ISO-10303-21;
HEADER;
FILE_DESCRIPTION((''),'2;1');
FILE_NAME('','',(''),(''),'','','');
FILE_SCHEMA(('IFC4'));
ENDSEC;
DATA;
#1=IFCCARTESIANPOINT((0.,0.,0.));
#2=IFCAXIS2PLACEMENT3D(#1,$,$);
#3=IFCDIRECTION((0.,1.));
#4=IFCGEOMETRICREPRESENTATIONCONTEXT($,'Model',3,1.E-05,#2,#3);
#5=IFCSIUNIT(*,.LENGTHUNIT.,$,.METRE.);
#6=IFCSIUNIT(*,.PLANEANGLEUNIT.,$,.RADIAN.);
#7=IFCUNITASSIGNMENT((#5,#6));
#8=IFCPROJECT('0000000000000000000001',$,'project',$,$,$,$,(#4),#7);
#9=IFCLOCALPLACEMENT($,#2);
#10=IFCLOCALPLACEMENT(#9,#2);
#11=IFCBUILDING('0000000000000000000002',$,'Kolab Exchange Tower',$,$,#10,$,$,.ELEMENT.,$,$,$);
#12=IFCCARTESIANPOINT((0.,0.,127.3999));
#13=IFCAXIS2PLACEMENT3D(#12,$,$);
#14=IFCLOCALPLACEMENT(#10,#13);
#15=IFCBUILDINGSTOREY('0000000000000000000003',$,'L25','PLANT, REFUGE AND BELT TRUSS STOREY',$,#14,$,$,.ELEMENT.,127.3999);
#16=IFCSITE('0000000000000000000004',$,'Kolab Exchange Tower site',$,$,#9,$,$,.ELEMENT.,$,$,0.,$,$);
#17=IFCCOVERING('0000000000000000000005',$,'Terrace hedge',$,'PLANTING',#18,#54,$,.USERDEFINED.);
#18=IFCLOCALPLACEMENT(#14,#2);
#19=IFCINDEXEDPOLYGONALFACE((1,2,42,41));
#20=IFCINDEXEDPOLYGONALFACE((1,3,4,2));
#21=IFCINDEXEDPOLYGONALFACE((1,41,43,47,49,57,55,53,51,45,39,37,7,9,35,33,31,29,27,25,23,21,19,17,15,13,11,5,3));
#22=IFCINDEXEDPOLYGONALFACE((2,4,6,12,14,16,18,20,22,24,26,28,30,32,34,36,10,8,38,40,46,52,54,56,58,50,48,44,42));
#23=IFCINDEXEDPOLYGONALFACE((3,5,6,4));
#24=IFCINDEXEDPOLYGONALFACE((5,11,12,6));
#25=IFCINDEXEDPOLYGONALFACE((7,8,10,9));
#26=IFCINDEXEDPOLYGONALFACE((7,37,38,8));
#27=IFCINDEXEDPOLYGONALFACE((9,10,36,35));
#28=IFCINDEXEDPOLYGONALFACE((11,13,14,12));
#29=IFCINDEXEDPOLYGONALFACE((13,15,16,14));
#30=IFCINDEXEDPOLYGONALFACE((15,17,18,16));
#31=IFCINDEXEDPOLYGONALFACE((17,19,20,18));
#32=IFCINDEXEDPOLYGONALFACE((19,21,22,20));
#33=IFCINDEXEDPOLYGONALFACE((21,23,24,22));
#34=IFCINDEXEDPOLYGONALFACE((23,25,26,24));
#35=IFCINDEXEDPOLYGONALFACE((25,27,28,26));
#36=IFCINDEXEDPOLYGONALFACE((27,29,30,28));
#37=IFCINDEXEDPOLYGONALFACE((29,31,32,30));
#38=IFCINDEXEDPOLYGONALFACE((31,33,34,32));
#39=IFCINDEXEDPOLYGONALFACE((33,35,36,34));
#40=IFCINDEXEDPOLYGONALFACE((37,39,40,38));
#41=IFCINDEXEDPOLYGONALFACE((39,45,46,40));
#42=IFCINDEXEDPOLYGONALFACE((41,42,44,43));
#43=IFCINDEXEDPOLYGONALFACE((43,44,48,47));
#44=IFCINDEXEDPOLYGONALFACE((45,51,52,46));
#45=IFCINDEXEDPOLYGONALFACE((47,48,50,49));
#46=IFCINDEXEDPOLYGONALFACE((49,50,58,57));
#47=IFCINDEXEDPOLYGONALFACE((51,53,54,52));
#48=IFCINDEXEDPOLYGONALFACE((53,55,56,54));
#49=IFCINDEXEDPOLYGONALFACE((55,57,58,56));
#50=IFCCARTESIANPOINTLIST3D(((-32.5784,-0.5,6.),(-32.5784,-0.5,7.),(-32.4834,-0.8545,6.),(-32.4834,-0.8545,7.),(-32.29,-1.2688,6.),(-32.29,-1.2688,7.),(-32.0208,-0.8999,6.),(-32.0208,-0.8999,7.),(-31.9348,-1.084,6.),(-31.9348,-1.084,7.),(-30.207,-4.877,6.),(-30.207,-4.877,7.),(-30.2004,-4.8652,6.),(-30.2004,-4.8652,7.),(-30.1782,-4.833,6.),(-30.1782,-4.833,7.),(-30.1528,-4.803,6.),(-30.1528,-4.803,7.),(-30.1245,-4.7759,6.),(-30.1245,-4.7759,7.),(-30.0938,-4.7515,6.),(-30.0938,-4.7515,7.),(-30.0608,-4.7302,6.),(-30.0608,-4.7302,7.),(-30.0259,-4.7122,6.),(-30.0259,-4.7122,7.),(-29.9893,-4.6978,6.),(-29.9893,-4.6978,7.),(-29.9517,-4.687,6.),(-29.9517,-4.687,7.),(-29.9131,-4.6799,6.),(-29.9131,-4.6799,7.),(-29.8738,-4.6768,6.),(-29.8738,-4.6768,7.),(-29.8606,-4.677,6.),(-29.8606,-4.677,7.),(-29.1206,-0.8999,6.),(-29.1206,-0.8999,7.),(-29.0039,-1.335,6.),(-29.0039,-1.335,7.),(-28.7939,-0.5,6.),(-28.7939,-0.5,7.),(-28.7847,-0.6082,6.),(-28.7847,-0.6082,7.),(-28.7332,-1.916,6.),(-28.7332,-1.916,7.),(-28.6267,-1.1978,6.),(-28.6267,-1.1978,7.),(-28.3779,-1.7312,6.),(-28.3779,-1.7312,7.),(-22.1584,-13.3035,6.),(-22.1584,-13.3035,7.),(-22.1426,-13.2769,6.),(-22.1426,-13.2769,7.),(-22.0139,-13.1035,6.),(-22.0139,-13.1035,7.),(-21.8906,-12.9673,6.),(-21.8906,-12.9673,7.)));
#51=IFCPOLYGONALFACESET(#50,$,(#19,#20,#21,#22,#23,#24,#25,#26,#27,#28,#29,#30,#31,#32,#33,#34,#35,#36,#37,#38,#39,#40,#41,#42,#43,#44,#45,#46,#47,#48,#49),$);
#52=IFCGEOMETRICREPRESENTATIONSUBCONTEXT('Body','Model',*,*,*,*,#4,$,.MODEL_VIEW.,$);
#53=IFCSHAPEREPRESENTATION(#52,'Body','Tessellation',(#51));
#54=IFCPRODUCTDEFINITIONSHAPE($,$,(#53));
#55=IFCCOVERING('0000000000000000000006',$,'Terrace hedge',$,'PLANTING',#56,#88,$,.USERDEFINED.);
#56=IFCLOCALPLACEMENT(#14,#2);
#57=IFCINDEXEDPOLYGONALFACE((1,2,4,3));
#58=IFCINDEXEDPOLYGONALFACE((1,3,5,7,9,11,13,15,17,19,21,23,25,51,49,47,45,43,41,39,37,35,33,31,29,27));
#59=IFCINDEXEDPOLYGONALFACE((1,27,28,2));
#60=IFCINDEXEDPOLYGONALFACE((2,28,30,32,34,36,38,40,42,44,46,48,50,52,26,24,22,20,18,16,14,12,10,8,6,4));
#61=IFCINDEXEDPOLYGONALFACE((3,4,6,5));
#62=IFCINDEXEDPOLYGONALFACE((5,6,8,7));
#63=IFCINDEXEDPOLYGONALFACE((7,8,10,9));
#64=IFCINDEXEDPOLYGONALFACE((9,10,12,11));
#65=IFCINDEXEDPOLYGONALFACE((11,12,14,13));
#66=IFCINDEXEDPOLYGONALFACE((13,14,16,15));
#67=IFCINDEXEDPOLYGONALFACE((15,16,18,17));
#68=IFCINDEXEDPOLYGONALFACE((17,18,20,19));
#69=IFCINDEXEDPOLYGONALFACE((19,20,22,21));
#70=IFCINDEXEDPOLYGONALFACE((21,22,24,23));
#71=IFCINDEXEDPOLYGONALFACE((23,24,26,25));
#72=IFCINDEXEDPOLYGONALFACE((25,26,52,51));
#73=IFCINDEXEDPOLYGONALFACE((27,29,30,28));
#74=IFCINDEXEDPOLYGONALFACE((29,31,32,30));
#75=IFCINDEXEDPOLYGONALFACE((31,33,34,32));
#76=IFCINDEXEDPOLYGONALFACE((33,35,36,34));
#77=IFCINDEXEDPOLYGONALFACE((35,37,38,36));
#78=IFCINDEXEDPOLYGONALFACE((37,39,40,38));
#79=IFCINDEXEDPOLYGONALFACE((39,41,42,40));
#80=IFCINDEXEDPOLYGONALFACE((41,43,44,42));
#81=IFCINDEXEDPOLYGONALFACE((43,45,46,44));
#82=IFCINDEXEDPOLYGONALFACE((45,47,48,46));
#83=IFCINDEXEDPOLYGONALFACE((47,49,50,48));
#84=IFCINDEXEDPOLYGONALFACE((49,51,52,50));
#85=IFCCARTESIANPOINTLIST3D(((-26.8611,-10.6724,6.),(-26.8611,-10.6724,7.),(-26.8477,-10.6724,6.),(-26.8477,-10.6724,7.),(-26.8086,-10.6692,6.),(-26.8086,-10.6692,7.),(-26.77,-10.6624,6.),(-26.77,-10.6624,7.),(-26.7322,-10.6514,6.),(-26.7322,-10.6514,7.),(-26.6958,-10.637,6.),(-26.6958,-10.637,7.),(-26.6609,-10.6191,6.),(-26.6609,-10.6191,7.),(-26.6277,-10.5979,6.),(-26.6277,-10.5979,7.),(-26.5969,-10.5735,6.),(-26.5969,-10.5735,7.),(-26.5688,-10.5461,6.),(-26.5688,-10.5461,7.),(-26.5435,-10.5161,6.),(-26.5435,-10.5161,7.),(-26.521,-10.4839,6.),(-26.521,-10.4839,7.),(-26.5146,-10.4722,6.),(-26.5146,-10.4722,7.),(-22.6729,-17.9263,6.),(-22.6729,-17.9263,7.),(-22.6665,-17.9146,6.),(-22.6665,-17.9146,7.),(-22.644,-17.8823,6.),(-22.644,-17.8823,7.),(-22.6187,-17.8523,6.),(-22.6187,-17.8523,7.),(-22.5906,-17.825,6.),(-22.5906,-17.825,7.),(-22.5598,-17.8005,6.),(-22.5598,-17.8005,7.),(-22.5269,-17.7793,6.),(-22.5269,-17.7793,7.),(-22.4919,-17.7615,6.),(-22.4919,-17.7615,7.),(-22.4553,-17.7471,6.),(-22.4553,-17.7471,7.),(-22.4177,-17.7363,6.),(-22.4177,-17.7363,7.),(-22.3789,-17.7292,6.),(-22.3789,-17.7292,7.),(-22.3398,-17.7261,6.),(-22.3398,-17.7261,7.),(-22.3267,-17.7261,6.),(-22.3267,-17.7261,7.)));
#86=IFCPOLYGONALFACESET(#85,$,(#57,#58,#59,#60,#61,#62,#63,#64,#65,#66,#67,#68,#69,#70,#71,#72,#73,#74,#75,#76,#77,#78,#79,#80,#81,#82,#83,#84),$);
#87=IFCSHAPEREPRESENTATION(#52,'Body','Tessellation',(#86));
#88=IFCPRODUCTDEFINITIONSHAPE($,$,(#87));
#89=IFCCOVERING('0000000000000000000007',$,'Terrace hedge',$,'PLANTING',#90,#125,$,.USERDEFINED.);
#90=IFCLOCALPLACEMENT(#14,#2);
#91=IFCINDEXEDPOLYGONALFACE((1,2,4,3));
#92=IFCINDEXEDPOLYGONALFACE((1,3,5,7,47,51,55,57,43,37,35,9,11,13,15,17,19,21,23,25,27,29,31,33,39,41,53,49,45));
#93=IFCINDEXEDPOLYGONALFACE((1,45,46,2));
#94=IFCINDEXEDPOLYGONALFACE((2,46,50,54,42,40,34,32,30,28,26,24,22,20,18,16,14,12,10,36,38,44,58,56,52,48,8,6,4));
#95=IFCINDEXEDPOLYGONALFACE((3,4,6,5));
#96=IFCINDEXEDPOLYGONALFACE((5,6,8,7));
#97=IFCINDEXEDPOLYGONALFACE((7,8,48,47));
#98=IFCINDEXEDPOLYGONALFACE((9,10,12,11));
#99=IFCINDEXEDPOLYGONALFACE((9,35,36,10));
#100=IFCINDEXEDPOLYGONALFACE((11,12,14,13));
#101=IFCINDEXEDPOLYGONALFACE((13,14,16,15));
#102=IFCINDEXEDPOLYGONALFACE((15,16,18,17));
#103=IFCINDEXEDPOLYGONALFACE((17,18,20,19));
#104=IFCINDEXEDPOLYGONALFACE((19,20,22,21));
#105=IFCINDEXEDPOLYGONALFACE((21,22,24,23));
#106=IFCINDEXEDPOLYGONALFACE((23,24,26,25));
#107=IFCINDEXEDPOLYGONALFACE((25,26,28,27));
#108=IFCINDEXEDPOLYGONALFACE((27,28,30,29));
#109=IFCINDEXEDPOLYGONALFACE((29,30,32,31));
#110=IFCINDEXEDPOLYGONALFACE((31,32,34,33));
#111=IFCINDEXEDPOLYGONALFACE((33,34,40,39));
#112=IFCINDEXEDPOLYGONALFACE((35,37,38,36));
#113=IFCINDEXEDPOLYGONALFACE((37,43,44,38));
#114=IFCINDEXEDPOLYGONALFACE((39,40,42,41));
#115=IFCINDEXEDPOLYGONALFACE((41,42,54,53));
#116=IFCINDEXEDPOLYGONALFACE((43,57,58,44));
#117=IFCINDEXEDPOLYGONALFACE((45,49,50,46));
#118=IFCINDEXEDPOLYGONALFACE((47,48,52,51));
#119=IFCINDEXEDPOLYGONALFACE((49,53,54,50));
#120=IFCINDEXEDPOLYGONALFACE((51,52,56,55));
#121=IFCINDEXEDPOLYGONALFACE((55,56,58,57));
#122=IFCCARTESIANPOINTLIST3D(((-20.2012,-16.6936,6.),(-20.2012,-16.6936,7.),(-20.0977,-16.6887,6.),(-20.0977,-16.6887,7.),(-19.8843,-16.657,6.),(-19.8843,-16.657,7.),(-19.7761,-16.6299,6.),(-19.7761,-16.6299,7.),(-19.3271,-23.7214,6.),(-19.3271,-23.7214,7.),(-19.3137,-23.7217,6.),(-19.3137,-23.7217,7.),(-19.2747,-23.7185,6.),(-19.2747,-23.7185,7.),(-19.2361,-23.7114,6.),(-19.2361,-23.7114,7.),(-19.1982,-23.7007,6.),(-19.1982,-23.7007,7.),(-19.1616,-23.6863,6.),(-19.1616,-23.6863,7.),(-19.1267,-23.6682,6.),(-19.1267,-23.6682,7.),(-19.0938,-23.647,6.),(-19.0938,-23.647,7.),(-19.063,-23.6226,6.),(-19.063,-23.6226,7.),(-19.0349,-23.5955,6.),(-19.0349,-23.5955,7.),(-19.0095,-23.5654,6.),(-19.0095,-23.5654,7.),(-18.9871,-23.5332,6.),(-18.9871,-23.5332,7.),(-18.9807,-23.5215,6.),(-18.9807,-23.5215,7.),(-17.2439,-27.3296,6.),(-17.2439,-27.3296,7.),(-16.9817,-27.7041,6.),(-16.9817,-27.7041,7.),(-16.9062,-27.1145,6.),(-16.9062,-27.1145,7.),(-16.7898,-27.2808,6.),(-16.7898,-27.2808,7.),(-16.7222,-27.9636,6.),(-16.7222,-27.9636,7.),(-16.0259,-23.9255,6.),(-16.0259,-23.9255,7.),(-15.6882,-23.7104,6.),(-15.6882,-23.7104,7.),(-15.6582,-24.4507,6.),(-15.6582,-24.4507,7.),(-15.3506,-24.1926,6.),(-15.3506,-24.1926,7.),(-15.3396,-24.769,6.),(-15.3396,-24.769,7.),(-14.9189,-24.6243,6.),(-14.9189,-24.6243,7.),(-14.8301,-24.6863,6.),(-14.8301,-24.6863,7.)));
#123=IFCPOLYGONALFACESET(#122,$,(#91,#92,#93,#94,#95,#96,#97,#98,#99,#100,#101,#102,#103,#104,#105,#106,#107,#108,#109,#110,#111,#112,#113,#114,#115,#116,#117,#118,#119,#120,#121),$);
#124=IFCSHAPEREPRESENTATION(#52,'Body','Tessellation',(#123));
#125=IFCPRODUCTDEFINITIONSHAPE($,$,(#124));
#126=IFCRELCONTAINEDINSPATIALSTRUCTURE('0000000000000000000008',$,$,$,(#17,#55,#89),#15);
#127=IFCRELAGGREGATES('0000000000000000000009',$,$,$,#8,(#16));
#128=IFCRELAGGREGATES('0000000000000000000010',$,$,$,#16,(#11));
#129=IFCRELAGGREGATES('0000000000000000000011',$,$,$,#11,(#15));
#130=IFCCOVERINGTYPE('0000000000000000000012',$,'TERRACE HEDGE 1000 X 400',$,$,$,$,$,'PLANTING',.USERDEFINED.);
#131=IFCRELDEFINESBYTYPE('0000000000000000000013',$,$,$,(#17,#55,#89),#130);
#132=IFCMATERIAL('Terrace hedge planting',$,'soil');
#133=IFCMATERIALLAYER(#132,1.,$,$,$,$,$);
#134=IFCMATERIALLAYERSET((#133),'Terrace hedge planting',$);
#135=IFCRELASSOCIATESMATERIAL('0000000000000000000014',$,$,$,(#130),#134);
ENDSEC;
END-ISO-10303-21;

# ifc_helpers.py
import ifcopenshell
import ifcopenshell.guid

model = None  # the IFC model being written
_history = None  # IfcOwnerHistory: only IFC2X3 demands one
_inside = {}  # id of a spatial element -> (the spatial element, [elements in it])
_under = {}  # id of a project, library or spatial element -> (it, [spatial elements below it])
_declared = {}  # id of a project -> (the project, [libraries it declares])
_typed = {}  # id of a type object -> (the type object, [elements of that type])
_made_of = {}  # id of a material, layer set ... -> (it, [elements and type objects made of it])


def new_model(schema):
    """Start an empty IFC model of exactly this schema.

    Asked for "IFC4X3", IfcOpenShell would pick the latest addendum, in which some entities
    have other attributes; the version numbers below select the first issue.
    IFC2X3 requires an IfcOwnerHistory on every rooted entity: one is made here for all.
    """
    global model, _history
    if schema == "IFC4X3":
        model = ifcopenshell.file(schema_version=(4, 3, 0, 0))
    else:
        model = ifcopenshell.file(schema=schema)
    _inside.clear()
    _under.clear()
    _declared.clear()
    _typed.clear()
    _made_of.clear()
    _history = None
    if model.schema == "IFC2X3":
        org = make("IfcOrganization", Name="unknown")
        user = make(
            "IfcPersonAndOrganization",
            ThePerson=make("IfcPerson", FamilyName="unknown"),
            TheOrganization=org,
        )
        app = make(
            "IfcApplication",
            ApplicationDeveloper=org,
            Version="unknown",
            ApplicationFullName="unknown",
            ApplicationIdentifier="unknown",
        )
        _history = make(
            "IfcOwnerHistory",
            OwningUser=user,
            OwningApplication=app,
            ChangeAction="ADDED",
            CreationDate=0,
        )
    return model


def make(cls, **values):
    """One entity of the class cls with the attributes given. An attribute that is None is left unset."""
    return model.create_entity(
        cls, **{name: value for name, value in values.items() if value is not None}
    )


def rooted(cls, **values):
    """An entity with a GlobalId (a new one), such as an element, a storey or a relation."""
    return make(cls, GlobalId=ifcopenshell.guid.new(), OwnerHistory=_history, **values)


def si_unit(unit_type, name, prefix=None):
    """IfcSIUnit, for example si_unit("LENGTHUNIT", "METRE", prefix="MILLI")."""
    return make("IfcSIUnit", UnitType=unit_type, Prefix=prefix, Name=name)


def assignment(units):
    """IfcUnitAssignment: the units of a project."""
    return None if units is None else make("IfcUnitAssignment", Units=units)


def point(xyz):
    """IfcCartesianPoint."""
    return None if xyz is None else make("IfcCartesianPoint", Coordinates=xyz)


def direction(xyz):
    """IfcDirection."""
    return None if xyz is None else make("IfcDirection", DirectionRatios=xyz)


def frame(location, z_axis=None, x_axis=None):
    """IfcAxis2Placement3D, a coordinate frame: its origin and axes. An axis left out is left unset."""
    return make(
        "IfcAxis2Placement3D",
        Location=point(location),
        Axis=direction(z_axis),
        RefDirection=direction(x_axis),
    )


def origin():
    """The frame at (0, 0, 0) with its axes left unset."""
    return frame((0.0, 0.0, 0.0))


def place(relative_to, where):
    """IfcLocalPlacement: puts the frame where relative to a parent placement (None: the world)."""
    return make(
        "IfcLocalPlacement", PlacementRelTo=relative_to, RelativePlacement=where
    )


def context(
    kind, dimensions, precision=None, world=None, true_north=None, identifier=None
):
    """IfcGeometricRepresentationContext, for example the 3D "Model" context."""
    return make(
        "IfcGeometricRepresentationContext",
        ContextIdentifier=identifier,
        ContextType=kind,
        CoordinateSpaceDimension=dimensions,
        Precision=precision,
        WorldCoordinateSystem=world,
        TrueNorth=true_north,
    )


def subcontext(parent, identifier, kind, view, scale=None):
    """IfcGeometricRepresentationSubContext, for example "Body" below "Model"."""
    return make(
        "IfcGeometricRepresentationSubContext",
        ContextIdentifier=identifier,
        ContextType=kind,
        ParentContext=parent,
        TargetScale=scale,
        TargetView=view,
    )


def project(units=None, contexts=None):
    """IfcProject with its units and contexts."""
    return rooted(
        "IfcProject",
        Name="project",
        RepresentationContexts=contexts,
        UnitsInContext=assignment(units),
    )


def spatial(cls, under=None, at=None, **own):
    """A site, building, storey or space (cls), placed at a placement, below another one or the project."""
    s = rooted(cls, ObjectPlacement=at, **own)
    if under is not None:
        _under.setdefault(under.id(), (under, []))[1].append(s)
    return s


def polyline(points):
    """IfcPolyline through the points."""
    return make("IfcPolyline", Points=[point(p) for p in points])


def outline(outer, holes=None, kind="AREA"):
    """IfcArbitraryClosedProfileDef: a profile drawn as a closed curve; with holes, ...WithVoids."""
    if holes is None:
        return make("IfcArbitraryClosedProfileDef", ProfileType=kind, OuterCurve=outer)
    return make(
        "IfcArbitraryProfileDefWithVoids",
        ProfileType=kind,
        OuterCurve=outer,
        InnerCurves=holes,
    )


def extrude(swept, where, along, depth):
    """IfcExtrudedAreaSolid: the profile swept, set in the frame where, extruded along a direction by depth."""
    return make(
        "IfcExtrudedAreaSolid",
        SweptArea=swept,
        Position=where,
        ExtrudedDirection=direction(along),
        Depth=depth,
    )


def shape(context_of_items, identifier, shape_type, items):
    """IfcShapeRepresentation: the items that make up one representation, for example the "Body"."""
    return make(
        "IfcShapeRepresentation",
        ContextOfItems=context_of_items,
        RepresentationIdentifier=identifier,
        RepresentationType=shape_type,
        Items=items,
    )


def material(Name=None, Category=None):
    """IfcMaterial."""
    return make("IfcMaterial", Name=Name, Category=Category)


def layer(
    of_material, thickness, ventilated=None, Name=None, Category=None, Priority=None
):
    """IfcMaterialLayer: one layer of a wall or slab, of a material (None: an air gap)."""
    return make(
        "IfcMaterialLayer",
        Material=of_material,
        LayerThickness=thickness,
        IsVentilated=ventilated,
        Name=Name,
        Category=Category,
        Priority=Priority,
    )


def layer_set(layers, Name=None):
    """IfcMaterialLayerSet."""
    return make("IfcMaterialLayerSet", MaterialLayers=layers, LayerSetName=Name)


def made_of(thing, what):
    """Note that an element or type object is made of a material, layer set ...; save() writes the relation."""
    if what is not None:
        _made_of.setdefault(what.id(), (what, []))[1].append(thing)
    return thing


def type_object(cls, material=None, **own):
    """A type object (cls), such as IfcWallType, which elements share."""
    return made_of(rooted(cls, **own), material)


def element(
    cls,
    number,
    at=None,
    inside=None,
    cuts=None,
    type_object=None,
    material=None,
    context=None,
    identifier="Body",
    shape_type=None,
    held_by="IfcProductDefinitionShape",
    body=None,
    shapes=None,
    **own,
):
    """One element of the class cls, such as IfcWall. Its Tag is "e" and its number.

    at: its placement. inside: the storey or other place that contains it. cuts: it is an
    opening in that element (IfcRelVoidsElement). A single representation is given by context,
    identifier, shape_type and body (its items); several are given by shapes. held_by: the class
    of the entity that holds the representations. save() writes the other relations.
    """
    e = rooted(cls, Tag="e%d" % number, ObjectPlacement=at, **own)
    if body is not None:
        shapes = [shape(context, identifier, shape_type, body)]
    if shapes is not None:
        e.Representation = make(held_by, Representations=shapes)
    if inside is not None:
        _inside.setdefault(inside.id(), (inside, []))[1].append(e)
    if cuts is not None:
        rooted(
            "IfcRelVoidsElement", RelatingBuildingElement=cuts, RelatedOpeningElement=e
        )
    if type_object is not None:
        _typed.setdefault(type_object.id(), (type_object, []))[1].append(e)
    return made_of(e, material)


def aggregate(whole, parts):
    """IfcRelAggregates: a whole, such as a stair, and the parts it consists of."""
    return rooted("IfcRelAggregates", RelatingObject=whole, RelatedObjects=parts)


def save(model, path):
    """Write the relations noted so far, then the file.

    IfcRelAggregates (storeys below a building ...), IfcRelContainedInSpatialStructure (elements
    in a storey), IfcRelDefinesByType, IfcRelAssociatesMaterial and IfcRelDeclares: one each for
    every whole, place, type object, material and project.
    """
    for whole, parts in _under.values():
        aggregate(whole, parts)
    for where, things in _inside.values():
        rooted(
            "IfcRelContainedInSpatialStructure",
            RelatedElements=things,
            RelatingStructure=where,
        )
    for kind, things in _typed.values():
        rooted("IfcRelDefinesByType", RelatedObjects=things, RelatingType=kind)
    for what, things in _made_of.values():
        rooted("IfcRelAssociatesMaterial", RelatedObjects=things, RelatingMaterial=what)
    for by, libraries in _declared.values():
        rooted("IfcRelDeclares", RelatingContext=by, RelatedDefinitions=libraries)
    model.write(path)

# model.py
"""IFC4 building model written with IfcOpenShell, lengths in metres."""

from ifc_helpers import new_model, si_unit, direction, frame, origin, place, context, subcontext, project, spatial, polyline, outline, extrude, material, layer, layer_set, type_object, element, save


model = new_model("IFC4")

# Units and contexts
model_context = context("Model", 3, precision=1e-05, world=origin(), true_north=direction((0.0, 1.0)))
body_context = subcontext(model_context, "Body", "Model", "MODEL_VIEW")
ifc_project = project(units=[si_unit("LENGTHUNIT", "METRE"), si_unit("PLANEANGLEUNIT", "RADIAN")], contexts=[model_context])

# Site, building, storey
site_placement = place(None, origin())
site = spatial("IfcSite", under=ifc_project, at=site_placement, Name="Kolab Exchange Tower site", CompositionType="ELEMENT", RefElevation=0.0)
building_placement = place(site_placement, origin())
building = spatial("IfcBuilding", under=site, at=building_placement, Name="Kolab Exchange Tower", CompositionType="ELEMENT")
storey_placement = place(building_placement, frame((0.0, 0.0, 127.3999)))
storey = spatial("IfcBuildingStorey", under=building, at=storey_placement, Name="L25", Description="PLANT, REFUGE AND BELT TRUSS STOREY", CompositionType="ELEMENT", Elevation=127.3999)

# Coverings
ifc_material_1 = material(Name="Terrace hedge planting", Category="soil")
ifc_layer_1 = layer(ifc_material_1, 1.0)
ifc_layer_set_1 = layer_set([ifc_layer_1], Name="Terrace hedge planting")
covering_type_1 = type_object("IfcCoveringType", Name="TERRACE HEDGE 1000 X 400", ElementType="PLANTING", PredefinedType="USERDEFINED", material=ifc_layer_set_1)
covering_1_placement = place(storey_placement, frame((0.0, 0.0, 6.0)))
element("IfcCovering", 1, at=covering_1_placement, inside=storey, type_object=covering_type_1, Name="Terrace hedge", ObjectType="PLANTING", PredefinedType="USERDEFINED", context=body_context, shape_type="SweptSolid", body=[
    extrude(outline(polyline([(-28.7847, -0.6082), (-28.6267, -1.1978), (-28.3779, -1.7312), (-21.8906, -12.9673), (-22.0139, -13.1035), (-22.1426, -13.2769), (-22.1584, -13.3035), (-28.7332, -1.916), (-29.0039, -1.335), (-29.1206, -0.8999), (-32.0208, -0.8999), (-31.9348, -1.084), (-29.8606, -4.677), (-29.8738, -4.6768), (-29.9131, -4.6799), (-29.9517, -4.687), (-29.9893, -4.6978), (-30.0259, -4.7122), (-30.0608, -4.7302), (-30.0938, -4.7515), (-30.1245, -4.7759), (-30.1528, -4.803), (-30.1782, -4.833), (-30.2004, -4.8652), (-30.207, -4.877), (-32.29, -1.2688), (-32.4834, -0.8545), (-32.5784, -0.5), (-28.7939, -0.5), (-28.7847, -0.6082)])), origin(), (0.0, 0.0, 1.0), 1.0),
])
covering_2_placement = place(storey_placement, frame((0.0, 0.0, 6.0)))
element("IfcCovering", 2, at=covering_2_placement, inside=storey, type_object=covering_type_1, Name="Terrace hedge", ObjectType="PLANTING", PredefinedType="USERDEFINED", context=body_context, shape_type="SweptSolid", body=[
    extrude(outline(polyline([(-26.8611, -10.6724), (-26.8477, -10.6724), (-26.8086, -10.6692), (-26.77, -10.6624), (-26.7322, -10.6514), (-26.6958, -10.637), (-26.6609, -10.6191), (-26.6277, -10.5979), (-26.5969, -10.5735), (-26.5688, -10.5461), (-26.5435, -10.5161), (-26.521, -10.4839), (-26.5146, -10.4722), (-22.3267, -17.7261), (-22.3398, -17.7261), (-22.3789, -17.7292), (-22.4177, -17.7363), (-22.4553, -17.7471), (-22.4919, -17.7615), (-22.5269, -17.7793), (-22.5598, -17.8005), (-22.5906, -17.825), (-22.6187, -17.8523), (-22.644, -17.8823), (-22.6665, -17.9146), (-22.6729, -17.9263), (-26.8611, -10.6724)])), origin(), (0.0, 0.0, 1.0), 1.0),
])
covering_3_placement = place(storey_placement, frame((0.0, 0.0, 6.0)))
element("IfcCovering", 3, at=covering_3_placement, inside=storey, type_object=covering_type_1, Name="Terrace hedge", ObjectType="PLANTING", PredefinedType="USERDEFINED", context=body_context, shape_type="SweptSolid", body=[
    extrude(outline(polyline([(-15.6882, -23.7104), (-15.3506, -24.1926), (-14.9189, -24.6243), (-14.8301, -24.6863), (-16.7222, -27.9636), (-16.9817, -27.7041), (-17.2439, -27.3296), (-19.3271, -23.7214), (-19.3137, -23.7217), (-19.2747, -23.7185), (-19.2361, -23.7114), (-19.1982, -23.7007), (-19.1616, -23.6863), (-19.1267, -23.6682), (-19.0938, -23.647), (-19.063, -23.6226), (-19.0349, -23.5955), (-19.0095, -23.5654), (-18.9871, -23.5332), (-18.9807, -23.5215), (-16.9062, -27.1145), (-16.7898, -27.2808), (-15.3396, -24.769), (-15.6582, -24.4507), (-16.0259, -23.9255), (-20.2012, -16.6936), (-20.0977, -16.6887), (-19.8843, -16.657), (-19.7761, -16.6299), (-15.6882, -23.7104)])), origin(), (0.0, 0.0, 1.0), 1.0),
])

save(model, "model.ifc")
